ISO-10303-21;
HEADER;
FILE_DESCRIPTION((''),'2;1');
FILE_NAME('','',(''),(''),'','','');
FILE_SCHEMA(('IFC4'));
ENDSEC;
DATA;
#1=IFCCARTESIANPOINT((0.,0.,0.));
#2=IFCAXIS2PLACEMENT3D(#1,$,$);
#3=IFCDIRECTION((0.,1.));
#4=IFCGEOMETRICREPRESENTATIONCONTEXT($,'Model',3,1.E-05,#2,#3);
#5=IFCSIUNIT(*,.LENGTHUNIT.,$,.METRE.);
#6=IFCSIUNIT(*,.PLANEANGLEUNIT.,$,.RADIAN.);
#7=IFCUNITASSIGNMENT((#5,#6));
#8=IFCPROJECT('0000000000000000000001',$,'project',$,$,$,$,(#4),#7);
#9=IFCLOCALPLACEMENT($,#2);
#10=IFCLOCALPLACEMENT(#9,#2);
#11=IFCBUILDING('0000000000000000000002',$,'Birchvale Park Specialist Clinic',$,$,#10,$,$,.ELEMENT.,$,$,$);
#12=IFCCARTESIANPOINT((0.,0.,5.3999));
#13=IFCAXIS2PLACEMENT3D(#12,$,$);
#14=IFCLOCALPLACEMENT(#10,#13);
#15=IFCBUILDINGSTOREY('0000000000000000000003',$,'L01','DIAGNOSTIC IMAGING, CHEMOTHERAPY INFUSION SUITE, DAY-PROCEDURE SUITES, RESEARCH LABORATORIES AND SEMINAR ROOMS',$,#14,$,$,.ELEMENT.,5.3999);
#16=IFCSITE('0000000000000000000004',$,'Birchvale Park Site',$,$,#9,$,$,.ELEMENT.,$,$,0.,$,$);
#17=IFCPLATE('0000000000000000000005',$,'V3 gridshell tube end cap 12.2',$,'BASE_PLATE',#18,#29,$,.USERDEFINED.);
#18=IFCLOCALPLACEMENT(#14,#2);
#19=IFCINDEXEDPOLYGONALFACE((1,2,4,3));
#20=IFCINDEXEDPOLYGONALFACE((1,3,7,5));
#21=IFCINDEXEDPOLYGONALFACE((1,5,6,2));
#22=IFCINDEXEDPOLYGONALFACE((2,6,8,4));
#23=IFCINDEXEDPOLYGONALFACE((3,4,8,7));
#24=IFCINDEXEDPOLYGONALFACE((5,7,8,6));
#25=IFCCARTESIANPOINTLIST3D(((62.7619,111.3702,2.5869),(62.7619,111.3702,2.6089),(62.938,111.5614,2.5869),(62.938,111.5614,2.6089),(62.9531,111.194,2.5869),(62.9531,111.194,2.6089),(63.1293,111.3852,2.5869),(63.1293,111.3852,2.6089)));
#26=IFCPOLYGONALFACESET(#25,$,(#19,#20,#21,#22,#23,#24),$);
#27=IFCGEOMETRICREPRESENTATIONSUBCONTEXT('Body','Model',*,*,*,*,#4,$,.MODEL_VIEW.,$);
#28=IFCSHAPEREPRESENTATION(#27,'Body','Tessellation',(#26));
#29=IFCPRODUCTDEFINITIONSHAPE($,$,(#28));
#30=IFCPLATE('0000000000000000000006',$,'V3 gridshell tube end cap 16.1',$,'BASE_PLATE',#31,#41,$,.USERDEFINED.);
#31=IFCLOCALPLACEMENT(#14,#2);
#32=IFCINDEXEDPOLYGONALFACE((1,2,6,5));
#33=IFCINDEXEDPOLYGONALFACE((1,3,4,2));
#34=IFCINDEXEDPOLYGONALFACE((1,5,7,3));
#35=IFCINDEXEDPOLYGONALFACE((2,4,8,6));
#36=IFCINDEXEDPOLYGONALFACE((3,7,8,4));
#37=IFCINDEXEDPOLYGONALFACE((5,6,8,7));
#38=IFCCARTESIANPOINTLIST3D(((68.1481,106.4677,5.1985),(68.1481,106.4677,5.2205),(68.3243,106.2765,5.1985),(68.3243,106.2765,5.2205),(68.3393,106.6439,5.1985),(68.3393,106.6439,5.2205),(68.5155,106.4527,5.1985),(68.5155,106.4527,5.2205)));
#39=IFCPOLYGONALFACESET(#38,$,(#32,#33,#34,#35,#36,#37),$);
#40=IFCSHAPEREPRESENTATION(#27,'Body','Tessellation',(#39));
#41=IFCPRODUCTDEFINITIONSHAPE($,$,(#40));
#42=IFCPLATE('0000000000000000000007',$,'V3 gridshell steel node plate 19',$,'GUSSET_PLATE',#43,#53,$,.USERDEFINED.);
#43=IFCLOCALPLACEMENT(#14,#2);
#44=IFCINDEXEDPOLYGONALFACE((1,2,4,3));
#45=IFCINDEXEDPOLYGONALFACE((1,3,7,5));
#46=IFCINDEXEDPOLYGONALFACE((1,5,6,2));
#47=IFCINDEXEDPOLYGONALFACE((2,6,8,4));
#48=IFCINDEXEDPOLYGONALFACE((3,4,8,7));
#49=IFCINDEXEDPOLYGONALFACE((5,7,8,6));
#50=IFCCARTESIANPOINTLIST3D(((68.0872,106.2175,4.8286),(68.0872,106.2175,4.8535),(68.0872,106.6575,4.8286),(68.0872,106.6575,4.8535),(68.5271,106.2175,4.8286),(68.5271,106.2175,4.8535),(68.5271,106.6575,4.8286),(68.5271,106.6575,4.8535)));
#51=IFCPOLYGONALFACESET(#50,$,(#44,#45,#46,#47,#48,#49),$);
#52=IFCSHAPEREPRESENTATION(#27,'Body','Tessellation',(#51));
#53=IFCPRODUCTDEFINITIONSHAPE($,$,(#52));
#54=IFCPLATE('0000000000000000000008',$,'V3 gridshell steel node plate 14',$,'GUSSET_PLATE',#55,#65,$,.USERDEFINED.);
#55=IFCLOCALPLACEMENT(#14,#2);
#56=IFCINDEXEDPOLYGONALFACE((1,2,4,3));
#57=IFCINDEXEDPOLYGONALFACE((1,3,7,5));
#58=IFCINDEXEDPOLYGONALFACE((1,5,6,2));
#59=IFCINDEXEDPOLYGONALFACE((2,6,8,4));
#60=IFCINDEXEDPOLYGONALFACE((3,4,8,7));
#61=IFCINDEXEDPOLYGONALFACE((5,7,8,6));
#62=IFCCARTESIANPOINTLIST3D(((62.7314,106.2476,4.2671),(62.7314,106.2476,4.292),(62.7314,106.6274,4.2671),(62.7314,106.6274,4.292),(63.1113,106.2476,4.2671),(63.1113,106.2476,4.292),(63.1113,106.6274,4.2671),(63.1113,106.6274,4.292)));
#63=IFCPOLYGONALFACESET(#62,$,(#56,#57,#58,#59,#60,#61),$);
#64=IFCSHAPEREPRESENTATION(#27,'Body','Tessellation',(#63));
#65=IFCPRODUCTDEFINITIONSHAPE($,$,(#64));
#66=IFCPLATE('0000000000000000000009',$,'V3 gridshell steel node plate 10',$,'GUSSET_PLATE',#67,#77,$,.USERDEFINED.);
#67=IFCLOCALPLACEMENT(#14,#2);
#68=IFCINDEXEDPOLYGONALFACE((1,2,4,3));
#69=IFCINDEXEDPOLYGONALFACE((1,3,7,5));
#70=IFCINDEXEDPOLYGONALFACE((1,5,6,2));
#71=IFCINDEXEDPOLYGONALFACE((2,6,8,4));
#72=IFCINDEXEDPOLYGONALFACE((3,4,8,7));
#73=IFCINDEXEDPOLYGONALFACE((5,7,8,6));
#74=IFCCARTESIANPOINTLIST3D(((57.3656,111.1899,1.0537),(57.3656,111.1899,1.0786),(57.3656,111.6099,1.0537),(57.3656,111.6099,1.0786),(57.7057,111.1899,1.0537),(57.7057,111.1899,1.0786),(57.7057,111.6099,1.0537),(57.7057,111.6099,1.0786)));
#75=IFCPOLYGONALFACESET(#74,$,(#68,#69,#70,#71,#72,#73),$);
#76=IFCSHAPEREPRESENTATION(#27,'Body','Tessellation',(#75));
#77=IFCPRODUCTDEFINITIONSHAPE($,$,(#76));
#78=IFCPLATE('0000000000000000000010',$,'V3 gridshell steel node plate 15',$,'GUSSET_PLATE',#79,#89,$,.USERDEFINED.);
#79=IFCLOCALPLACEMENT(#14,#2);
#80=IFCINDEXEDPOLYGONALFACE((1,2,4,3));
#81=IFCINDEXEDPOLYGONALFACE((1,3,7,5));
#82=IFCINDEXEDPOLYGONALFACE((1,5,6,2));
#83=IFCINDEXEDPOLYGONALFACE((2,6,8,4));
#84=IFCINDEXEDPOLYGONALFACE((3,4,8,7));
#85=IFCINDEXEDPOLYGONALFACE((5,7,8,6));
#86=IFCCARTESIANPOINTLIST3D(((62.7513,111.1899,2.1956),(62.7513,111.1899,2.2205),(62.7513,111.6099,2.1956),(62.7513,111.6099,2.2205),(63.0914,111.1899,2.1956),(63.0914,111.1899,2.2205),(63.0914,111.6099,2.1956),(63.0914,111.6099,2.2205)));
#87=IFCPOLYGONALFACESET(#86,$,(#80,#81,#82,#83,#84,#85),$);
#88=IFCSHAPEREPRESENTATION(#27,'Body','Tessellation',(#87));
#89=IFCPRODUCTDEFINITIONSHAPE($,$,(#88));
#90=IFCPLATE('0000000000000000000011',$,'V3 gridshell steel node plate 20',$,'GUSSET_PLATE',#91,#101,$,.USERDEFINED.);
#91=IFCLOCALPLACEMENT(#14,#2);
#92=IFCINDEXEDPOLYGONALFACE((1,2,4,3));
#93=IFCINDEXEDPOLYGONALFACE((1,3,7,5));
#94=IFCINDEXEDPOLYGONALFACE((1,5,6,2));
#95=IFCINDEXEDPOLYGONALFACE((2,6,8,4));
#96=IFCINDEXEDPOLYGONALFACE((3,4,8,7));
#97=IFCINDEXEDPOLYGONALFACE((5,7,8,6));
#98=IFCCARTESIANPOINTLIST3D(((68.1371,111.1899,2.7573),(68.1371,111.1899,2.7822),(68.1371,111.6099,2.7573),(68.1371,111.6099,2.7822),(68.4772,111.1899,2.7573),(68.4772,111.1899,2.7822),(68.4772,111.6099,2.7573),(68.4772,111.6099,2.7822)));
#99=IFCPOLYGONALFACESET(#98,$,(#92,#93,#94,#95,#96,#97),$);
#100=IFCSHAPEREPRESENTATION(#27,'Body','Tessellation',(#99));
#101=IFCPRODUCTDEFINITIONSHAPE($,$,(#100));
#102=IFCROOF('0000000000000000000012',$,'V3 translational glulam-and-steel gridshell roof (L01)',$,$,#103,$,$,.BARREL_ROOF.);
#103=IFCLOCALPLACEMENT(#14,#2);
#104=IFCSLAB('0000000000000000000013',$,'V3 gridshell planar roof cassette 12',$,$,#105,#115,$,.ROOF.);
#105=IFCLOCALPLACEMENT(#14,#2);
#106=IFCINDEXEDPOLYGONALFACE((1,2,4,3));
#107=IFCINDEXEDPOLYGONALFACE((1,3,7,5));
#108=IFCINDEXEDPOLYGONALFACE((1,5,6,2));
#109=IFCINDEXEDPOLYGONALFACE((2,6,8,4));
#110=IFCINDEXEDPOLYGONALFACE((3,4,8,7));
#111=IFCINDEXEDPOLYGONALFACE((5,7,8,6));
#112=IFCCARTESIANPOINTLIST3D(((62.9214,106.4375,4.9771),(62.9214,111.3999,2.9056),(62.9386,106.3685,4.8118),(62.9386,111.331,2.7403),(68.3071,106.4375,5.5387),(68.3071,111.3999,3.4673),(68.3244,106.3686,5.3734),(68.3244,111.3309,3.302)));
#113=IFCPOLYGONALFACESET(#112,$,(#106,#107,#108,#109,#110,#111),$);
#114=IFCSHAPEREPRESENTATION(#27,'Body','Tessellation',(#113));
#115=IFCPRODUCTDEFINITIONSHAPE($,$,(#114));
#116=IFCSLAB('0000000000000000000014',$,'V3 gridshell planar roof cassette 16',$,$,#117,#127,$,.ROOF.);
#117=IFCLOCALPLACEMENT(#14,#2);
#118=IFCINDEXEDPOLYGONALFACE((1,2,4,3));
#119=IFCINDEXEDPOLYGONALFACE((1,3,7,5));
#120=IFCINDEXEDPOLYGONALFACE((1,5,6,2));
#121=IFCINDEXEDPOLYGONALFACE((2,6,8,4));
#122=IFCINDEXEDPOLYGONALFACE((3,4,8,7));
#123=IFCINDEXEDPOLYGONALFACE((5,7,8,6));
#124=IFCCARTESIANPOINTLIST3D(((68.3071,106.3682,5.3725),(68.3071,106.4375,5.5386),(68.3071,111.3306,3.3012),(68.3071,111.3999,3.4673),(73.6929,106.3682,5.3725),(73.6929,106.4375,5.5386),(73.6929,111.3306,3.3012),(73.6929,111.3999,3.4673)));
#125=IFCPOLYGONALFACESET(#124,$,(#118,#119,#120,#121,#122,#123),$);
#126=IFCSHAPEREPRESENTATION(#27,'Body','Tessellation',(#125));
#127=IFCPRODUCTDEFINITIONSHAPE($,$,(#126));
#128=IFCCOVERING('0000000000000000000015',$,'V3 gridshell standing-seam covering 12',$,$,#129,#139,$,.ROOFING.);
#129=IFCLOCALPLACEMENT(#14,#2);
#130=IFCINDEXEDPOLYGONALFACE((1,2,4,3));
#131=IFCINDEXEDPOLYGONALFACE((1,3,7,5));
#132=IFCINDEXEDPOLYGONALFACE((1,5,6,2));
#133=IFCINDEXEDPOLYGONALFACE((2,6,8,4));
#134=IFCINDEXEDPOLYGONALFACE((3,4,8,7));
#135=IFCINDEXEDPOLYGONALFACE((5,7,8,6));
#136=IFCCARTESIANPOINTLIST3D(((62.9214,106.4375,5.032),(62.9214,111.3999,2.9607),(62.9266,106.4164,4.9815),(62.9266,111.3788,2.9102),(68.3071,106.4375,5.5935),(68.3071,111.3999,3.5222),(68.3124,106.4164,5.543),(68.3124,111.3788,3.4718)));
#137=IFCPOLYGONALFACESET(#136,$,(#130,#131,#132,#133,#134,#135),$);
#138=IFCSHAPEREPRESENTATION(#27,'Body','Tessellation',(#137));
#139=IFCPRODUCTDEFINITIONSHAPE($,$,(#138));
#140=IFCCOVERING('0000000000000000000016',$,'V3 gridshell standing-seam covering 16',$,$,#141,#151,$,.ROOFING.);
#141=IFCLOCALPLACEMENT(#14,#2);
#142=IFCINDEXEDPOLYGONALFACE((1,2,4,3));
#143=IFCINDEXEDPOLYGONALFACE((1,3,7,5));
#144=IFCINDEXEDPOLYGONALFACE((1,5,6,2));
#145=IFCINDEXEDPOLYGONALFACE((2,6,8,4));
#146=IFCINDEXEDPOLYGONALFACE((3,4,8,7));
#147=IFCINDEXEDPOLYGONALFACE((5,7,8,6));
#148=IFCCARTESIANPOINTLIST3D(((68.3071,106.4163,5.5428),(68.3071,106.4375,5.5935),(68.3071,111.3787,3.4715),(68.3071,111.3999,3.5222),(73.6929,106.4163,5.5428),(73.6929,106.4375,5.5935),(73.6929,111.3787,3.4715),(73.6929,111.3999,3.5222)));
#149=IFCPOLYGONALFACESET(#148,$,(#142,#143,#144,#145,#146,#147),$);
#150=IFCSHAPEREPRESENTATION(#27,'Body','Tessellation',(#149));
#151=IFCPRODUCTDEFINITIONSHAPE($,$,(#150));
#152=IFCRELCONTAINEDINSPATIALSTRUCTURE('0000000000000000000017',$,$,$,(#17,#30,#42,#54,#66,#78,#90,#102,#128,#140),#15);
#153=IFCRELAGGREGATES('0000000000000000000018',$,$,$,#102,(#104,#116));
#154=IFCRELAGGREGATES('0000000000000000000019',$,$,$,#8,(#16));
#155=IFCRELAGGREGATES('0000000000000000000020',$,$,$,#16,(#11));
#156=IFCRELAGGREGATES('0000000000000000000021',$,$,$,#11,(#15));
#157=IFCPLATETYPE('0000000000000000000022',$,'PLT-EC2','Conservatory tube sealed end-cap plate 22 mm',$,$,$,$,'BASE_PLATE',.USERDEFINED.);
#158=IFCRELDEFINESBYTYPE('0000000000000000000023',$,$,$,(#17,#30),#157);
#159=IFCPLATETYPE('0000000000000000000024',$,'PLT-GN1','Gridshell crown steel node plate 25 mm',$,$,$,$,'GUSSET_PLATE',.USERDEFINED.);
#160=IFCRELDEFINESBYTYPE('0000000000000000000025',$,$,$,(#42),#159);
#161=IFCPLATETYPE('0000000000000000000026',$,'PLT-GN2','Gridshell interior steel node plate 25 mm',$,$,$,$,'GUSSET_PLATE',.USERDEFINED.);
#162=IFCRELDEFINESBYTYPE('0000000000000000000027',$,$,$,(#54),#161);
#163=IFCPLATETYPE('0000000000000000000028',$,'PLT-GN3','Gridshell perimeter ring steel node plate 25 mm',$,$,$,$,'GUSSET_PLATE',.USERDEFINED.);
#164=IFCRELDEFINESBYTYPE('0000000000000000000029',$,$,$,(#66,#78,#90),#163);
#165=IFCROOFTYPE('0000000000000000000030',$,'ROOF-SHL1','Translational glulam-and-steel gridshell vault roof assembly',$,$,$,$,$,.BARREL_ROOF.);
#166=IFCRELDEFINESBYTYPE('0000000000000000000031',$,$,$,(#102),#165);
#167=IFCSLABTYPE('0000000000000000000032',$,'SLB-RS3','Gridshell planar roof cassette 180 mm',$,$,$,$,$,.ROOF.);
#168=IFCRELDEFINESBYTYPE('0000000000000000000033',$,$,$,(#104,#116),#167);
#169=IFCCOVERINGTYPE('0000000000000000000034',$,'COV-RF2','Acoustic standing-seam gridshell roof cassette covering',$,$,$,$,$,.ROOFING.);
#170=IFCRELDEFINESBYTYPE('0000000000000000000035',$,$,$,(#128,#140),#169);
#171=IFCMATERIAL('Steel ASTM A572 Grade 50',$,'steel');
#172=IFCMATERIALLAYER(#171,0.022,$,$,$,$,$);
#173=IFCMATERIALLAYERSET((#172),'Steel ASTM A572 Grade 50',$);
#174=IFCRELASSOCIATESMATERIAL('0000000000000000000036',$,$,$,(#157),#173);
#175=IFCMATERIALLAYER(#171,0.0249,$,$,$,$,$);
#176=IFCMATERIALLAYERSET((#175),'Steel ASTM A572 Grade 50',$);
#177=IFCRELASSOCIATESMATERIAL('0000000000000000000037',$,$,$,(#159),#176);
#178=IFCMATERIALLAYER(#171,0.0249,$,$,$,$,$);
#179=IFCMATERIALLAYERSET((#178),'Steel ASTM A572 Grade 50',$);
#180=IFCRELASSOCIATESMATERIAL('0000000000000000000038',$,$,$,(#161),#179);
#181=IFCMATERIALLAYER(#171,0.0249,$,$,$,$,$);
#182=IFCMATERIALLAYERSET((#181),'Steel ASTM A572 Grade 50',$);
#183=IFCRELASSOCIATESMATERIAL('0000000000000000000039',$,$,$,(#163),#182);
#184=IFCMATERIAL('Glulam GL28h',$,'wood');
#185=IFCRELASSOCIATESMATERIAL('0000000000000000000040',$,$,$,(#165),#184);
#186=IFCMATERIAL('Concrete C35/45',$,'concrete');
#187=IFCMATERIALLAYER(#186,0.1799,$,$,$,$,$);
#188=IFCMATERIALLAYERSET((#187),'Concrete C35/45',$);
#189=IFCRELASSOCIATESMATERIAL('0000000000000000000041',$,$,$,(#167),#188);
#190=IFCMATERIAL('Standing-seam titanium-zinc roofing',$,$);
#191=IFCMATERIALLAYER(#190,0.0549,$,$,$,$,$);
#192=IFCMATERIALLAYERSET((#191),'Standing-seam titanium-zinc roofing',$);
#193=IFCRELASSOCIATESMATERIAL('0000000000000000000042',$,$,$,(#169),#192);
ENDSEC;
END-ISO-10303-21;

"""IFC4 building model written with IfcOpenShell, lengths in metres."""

from ifc_helpers import new_model, si_unit, direction, frame, origin, origin_2d, place, context, subcontext, project, spatial, polyline, rectangle, outline, extrude, material, layer, layer_set, type_object, element, aggregate, save


model = new_model("IFC4")

# Units and contexts
model_context = context("Model", 3, precision=1e-05, world=origin(), true_north=direction((0.0, 1.0)))
body_context = subcontext(model_context, "Body", "Model", "MODEL_VIEW")
ifc_project = project(units=[si_unit("LENGTHUNIT", "METRE"), si_unit("PLANEANGLEUNIT", "RADIAN")], contexts=[model_context])

# Site, building, storey
site_placement = place(None, origin())
site = spatial("IfcSite", under=ifc_project, at=site_placement, Name="Birchvale Park Site", CompositionType="ELEMENT", RefElevation=0.0)
building_placement = place(site_placement, origin())
building = spatial("IfcBuilding", under=site, at=building_placement, Name="Birchvale Park Specialist Clinic", CompositionType="ELEMENT")
storey_placement = place(building_placement, frame((0.0, 0.0, 5.3999)))
storey = spatial("IfcBuildingStorey", under=building, at=storey_placement, Name="L01", Description="DIAGNOSTIC IMAGING, CHEMOTHERAPY INFUSION SUITE, DAY-PROCEDURE SUITES, RESEARCH LABORATORIES AND SEMINAR ROOMS", CompositionType="ELEMENT", Elevation=5.3999)

# Shared definitions
ifc_material_1 = material(Name="Glulam GL28h", Category="wood")

# Plates
ifc_material_2 = material(Name="Steel ASTM A572 Grade 50", Category="steel")
ifc_layer_1 = layer(ifc_material_2, 0.022)
ifc_layer_set_1 = layer_set([ifc_layer_1], Name="Steel ASTM A572 Grade 50")
plate_type_1 = type_object("IfcPlateType", Name="PLT-EC2", Description="Conservatory tube sealed end-cap plate 22 mm", ElementType="BASE_PLATE", PredefinedType="USERDEFINED", material=ifc_layer_set_1)
for number, where, z_axis, x_axis, name in (
    (1, (62.9456, 111.3777, 2.5869), (0.0, 0.0, 1.0), (-0.735388, 0.677646, 0.0), "V3 gridshell tube end cap 12.2"),
    (2, (68.3318, 106.4602, 5.1985), (0.0, 0.0, 1.0), (0.735388, 0.677646, 0.0), "V3 gridshell tube end cap 16.1"),
):
    element("IfcPlate", number, at=place(storey_placement, frame(where, z_axis=z_axis, x_axis=x_axis)), inside=storey, type_object=plate_type_1, Name=name, ObjectType="BASE_PLATE", PredefinedType="USERDEFINED", context=body_context, shape_type="SweptSolid", body=[
        extrude(rectangle(XDim=0.26, YDim=0.26, at=origin_2d()), origin(), (0.0, 0.0, 1.0), 0.022),
    ])
ifc_layer_2 = layer(ifc_material_2, 0.0249)
ifc_layer_set_2 = layer_set([ifc_layer_2], Name="Steel ASTM A572 Grade 50")
plate_type_2 = type_object("IfcPlateType", Name="PLT-GN1", Description="Gridshell crown steel node plate 25 mm", ElementType="GUSSET_PLATE", PredefinedType="USERDEFINED", material=ifc_layer_set_2)
plate_1_placement = place(storey_placement, frame((68.3071, 106.4375, 4.8286), z_axis=(0.0, 0.0, 1.0), x_axis=(1.0, 0.0, 0.0)))
element("IfcPlate", 3, at=plate_1_placement, inside=storey, type_object=plate_type_2, Name="V3 gridshell steel node plate 19", ObjectType="GUSSET_PLATE", PredefinedType="USERDEFINED", context=body_context, shape_type="SweptSolid", body=[
    extrude(rectangle(XDim=0.4399, YDim=0.4399, at=origin_2d()), origin(), (0.0, 0.0, 1.0), 0.0249),
])
ifc_layer_3 = layer(ifc_material_2, 0.0249)
ifc_layer_set_3 = layer_set([ifc_layer_3], Name="Steel ASTM A572 Grade 50")
plate_type_3 = type_object("IfcPlateType", Name="PLT-GN2", Description="Gridshell interior steel node plate 25 mm", ElementType="GUSSET_PLATE", PredefinedType="USERDEFINED", material=ifc_layer_set_3)
plate_2_placement = place(storey_placement, frame((62.9214, 106.4375, 4.2671), z_axis=(0.0, 0.0, 1.0), x_axis=(1.0, 0.0, 0.0)))
element("IfcPlate", 4, at=plate_2_placement, inside=storey, type_object=plate_type_3, Name="V3 gridshell steel node plate 14", ObjectType="GUSSET_PLATE", PredefinedType="USERDEFINED", context=body_context, shape_type="SweptSolid", body=[
    extrude(rectangle(XDim=0.3799, YDim=0.3799, at=origin_2d()), origin(), (0.0, 0.0, 1.0), 0.0249),
])
ifc_layer_4 = layer(ifc_material_2, 0.0249)
ifc_layer_set_4 = layer_set([ifc_layer_4], Name="Steel ASTM A572 Grade 50")
plate_type_4 = type_object("IfcPlateType", Name="PLT-GN3", Description="Gridshell perimeter ring steel node plate 25 mm", ElementType="GUSSET_PLATE", PredefinedType="USERDEFINED", material=ifc_layer_set_4)
for number, where, z_axis, x_axis, name in (
    (5, (57.5356, 111.3999, 1.0537), (0.0, 0.0, 1.0), (1.0, 0.0, 0.0), "V3 gridshell steel node plate 10"),
    (6, (62.9214, 111.3999, 2.1956), (0.0, 0.0, 1.0), (1.0, 0.0, 0.0), "V3 gridshell steel node plate 15"),
    (7, (68.3071, 111.3999, 2.7573), (0.0, 0.0, 1.0), (1.0, 0.0, 0.0), "V3 gridshell steel node plate 20"),
):
    element("IfcPlate", number, at=place(storey_placement, frame(where, z_axis=z_axis, x_axis=x_axis)), inside=storey, type_object=plate_type_4, Name=name, ObjectType="GUSSET_PLATE", PredefinedType="USERDEFINED", context=body_context, shape_type="SweptSolid", body=[
        extrude(rectangle(XDim=0.3401, YDim=0.4199, at=origin_2d()), origin(), (0.0, 0.0, 1.0), 0.0249),
    ])

# Roof, slabs
roof_type = type_object("IfcRoofType", Name="ROOF-SHL1", Description="Translational glulam-and-steel gridshell vault roof assembly", PredefinedType="BARREL_ROOF", material=ifc_material_1)
roof_placement = place(storey_placement, origin())
roof = element("IfcRoof", 8, at=roof_placement, inside=storey, type_object=roof_type, Name="V3 translational glulam-and-steel gridshell roof (L01)", PredefinedType="BARREL_ROOF")
ifc_material_3 = material(Name="Concrete C35/45", Category="concrete")
ifc_layer_5 = layer(ifc_material_3, 0.1799)
ifc_layer_set_5 = layer_set([ifc_layer_5], Name="Concrete C35/45")
slab_type = type_object("IfcSlabType", Name="SLB-RS3", Description="Gridshell planar roof cassette 180 mm", PredefinedType="ROOF", material=ifc_layer_set_5)
slab_1_placement = place(storey_placement, frame((62.9214, 106.4375, 4.9771), z_axis=(-0.095794, 0.383437, 0.918586), x_axis=(0.994607, 0.000008, 0.103718)))
slab_1 = element("IfcSlab", 9, at=slab_1_placement, type_object=slab_type, Name="V3 gridshell planar roof cassette 12", PredefinedType="ROOF", context=body_context, shape_type="SweptSolid", body=[
    extrude(outline(polyline([(0.0, 0.0), (5.4149, 0.0), (5.2001, 5.373), (-0.2148, 5.3731), (0.0, 0.0)])), origin(), (0.0, 0.0, -1.0), 0.1799),
])
slab_2_placement = place(storey_placement, frame((68.3071, 106.4375, 5.5386), z_axis=(0.0, 0.385189, 0.922838), x_axis=(1.0, 0.0, 0.0)))
slab_2 = element("IfcSlab", 10, at=slab_2_placement, type_object=slab_type, Name="V3 gridshell planar roof cassette 16", PredefinedType="ROOF", context=body_context, shape_type="SweptSolid", body=[
    extrude(outline(polyline([(0.0, 0.0), (5.3857, 0.0), (5.3857, 5.3773), (0.0, 5.3773), (0.0, 0.0)])), origin(), (0.0, 0.0, -1.0), 0.1799),
])
aggregate(roof, [slab_1, slab_2])

# Coverings
ifc_material_4 = material(Name="Standing-seam titanium-zinc roofing")
ifc_layer_6 = layer(ifc_material_4, 0.0549)
ifc_layer_set_6 = layer_set([ifc_layer_6], Name="Standing-seam titanium-zinc roofing")
covering_type = type_object("IfcCoveringType", Name="COV-RF2", Description="Acoustic standing-seam gridshell roof cassette covering", PredefinedType="ROOFING", material=ifc_layer_set_6)
covering_1_placement = place(storey_placement, frame((62.9214, 106.4375, 5.032), z_axis=(-0.095774, 0.383418, 0.918595), x_axis=(0.994609, 0.0, 0.103699)))
element("IfcCovering", 11, at=covering_1_placement, inside=storey, type_object=covering_type, Name="V3 gridshell standing-seam covering 12", PredefinedType="ROOFING", context=body_context, shape_type="SweptSolid", body=[
    extrude(outline(polyline([(0.0, 0.0), (5.4149, 0.0), (5.2001, 5.373), (-0.2148, 5.373), (0.0, 0.0)])), origin(), (0.0, 0.0, -1.0), 0.0549),
])
covering_2_placement = place(storey_placement, frame((68.3071, 106.4375, 5.5935), z_axis=(0.0, 0.385189, 0.922838), x_axis=(1.0, 0.0, 0.0)))
element("IfcCovering", 12, at=covering_2_placement, inside=storey, type_object=covering_type, Name="V3 gridshell standing-seam covering 16", PredefinedType="ROOFING", context=body_context, shape_type="SweptSolid", body=[
    extrude(outline(polyline([(0.0, 0.0), (5.3857, 0.0), (5.3857, 5.3773), (0.0, 5.3773), (0.0, 0.0)])), origin(), (0.0, 0.0, -1.0), 0.0549),
])

save(model, "model.ifc")
